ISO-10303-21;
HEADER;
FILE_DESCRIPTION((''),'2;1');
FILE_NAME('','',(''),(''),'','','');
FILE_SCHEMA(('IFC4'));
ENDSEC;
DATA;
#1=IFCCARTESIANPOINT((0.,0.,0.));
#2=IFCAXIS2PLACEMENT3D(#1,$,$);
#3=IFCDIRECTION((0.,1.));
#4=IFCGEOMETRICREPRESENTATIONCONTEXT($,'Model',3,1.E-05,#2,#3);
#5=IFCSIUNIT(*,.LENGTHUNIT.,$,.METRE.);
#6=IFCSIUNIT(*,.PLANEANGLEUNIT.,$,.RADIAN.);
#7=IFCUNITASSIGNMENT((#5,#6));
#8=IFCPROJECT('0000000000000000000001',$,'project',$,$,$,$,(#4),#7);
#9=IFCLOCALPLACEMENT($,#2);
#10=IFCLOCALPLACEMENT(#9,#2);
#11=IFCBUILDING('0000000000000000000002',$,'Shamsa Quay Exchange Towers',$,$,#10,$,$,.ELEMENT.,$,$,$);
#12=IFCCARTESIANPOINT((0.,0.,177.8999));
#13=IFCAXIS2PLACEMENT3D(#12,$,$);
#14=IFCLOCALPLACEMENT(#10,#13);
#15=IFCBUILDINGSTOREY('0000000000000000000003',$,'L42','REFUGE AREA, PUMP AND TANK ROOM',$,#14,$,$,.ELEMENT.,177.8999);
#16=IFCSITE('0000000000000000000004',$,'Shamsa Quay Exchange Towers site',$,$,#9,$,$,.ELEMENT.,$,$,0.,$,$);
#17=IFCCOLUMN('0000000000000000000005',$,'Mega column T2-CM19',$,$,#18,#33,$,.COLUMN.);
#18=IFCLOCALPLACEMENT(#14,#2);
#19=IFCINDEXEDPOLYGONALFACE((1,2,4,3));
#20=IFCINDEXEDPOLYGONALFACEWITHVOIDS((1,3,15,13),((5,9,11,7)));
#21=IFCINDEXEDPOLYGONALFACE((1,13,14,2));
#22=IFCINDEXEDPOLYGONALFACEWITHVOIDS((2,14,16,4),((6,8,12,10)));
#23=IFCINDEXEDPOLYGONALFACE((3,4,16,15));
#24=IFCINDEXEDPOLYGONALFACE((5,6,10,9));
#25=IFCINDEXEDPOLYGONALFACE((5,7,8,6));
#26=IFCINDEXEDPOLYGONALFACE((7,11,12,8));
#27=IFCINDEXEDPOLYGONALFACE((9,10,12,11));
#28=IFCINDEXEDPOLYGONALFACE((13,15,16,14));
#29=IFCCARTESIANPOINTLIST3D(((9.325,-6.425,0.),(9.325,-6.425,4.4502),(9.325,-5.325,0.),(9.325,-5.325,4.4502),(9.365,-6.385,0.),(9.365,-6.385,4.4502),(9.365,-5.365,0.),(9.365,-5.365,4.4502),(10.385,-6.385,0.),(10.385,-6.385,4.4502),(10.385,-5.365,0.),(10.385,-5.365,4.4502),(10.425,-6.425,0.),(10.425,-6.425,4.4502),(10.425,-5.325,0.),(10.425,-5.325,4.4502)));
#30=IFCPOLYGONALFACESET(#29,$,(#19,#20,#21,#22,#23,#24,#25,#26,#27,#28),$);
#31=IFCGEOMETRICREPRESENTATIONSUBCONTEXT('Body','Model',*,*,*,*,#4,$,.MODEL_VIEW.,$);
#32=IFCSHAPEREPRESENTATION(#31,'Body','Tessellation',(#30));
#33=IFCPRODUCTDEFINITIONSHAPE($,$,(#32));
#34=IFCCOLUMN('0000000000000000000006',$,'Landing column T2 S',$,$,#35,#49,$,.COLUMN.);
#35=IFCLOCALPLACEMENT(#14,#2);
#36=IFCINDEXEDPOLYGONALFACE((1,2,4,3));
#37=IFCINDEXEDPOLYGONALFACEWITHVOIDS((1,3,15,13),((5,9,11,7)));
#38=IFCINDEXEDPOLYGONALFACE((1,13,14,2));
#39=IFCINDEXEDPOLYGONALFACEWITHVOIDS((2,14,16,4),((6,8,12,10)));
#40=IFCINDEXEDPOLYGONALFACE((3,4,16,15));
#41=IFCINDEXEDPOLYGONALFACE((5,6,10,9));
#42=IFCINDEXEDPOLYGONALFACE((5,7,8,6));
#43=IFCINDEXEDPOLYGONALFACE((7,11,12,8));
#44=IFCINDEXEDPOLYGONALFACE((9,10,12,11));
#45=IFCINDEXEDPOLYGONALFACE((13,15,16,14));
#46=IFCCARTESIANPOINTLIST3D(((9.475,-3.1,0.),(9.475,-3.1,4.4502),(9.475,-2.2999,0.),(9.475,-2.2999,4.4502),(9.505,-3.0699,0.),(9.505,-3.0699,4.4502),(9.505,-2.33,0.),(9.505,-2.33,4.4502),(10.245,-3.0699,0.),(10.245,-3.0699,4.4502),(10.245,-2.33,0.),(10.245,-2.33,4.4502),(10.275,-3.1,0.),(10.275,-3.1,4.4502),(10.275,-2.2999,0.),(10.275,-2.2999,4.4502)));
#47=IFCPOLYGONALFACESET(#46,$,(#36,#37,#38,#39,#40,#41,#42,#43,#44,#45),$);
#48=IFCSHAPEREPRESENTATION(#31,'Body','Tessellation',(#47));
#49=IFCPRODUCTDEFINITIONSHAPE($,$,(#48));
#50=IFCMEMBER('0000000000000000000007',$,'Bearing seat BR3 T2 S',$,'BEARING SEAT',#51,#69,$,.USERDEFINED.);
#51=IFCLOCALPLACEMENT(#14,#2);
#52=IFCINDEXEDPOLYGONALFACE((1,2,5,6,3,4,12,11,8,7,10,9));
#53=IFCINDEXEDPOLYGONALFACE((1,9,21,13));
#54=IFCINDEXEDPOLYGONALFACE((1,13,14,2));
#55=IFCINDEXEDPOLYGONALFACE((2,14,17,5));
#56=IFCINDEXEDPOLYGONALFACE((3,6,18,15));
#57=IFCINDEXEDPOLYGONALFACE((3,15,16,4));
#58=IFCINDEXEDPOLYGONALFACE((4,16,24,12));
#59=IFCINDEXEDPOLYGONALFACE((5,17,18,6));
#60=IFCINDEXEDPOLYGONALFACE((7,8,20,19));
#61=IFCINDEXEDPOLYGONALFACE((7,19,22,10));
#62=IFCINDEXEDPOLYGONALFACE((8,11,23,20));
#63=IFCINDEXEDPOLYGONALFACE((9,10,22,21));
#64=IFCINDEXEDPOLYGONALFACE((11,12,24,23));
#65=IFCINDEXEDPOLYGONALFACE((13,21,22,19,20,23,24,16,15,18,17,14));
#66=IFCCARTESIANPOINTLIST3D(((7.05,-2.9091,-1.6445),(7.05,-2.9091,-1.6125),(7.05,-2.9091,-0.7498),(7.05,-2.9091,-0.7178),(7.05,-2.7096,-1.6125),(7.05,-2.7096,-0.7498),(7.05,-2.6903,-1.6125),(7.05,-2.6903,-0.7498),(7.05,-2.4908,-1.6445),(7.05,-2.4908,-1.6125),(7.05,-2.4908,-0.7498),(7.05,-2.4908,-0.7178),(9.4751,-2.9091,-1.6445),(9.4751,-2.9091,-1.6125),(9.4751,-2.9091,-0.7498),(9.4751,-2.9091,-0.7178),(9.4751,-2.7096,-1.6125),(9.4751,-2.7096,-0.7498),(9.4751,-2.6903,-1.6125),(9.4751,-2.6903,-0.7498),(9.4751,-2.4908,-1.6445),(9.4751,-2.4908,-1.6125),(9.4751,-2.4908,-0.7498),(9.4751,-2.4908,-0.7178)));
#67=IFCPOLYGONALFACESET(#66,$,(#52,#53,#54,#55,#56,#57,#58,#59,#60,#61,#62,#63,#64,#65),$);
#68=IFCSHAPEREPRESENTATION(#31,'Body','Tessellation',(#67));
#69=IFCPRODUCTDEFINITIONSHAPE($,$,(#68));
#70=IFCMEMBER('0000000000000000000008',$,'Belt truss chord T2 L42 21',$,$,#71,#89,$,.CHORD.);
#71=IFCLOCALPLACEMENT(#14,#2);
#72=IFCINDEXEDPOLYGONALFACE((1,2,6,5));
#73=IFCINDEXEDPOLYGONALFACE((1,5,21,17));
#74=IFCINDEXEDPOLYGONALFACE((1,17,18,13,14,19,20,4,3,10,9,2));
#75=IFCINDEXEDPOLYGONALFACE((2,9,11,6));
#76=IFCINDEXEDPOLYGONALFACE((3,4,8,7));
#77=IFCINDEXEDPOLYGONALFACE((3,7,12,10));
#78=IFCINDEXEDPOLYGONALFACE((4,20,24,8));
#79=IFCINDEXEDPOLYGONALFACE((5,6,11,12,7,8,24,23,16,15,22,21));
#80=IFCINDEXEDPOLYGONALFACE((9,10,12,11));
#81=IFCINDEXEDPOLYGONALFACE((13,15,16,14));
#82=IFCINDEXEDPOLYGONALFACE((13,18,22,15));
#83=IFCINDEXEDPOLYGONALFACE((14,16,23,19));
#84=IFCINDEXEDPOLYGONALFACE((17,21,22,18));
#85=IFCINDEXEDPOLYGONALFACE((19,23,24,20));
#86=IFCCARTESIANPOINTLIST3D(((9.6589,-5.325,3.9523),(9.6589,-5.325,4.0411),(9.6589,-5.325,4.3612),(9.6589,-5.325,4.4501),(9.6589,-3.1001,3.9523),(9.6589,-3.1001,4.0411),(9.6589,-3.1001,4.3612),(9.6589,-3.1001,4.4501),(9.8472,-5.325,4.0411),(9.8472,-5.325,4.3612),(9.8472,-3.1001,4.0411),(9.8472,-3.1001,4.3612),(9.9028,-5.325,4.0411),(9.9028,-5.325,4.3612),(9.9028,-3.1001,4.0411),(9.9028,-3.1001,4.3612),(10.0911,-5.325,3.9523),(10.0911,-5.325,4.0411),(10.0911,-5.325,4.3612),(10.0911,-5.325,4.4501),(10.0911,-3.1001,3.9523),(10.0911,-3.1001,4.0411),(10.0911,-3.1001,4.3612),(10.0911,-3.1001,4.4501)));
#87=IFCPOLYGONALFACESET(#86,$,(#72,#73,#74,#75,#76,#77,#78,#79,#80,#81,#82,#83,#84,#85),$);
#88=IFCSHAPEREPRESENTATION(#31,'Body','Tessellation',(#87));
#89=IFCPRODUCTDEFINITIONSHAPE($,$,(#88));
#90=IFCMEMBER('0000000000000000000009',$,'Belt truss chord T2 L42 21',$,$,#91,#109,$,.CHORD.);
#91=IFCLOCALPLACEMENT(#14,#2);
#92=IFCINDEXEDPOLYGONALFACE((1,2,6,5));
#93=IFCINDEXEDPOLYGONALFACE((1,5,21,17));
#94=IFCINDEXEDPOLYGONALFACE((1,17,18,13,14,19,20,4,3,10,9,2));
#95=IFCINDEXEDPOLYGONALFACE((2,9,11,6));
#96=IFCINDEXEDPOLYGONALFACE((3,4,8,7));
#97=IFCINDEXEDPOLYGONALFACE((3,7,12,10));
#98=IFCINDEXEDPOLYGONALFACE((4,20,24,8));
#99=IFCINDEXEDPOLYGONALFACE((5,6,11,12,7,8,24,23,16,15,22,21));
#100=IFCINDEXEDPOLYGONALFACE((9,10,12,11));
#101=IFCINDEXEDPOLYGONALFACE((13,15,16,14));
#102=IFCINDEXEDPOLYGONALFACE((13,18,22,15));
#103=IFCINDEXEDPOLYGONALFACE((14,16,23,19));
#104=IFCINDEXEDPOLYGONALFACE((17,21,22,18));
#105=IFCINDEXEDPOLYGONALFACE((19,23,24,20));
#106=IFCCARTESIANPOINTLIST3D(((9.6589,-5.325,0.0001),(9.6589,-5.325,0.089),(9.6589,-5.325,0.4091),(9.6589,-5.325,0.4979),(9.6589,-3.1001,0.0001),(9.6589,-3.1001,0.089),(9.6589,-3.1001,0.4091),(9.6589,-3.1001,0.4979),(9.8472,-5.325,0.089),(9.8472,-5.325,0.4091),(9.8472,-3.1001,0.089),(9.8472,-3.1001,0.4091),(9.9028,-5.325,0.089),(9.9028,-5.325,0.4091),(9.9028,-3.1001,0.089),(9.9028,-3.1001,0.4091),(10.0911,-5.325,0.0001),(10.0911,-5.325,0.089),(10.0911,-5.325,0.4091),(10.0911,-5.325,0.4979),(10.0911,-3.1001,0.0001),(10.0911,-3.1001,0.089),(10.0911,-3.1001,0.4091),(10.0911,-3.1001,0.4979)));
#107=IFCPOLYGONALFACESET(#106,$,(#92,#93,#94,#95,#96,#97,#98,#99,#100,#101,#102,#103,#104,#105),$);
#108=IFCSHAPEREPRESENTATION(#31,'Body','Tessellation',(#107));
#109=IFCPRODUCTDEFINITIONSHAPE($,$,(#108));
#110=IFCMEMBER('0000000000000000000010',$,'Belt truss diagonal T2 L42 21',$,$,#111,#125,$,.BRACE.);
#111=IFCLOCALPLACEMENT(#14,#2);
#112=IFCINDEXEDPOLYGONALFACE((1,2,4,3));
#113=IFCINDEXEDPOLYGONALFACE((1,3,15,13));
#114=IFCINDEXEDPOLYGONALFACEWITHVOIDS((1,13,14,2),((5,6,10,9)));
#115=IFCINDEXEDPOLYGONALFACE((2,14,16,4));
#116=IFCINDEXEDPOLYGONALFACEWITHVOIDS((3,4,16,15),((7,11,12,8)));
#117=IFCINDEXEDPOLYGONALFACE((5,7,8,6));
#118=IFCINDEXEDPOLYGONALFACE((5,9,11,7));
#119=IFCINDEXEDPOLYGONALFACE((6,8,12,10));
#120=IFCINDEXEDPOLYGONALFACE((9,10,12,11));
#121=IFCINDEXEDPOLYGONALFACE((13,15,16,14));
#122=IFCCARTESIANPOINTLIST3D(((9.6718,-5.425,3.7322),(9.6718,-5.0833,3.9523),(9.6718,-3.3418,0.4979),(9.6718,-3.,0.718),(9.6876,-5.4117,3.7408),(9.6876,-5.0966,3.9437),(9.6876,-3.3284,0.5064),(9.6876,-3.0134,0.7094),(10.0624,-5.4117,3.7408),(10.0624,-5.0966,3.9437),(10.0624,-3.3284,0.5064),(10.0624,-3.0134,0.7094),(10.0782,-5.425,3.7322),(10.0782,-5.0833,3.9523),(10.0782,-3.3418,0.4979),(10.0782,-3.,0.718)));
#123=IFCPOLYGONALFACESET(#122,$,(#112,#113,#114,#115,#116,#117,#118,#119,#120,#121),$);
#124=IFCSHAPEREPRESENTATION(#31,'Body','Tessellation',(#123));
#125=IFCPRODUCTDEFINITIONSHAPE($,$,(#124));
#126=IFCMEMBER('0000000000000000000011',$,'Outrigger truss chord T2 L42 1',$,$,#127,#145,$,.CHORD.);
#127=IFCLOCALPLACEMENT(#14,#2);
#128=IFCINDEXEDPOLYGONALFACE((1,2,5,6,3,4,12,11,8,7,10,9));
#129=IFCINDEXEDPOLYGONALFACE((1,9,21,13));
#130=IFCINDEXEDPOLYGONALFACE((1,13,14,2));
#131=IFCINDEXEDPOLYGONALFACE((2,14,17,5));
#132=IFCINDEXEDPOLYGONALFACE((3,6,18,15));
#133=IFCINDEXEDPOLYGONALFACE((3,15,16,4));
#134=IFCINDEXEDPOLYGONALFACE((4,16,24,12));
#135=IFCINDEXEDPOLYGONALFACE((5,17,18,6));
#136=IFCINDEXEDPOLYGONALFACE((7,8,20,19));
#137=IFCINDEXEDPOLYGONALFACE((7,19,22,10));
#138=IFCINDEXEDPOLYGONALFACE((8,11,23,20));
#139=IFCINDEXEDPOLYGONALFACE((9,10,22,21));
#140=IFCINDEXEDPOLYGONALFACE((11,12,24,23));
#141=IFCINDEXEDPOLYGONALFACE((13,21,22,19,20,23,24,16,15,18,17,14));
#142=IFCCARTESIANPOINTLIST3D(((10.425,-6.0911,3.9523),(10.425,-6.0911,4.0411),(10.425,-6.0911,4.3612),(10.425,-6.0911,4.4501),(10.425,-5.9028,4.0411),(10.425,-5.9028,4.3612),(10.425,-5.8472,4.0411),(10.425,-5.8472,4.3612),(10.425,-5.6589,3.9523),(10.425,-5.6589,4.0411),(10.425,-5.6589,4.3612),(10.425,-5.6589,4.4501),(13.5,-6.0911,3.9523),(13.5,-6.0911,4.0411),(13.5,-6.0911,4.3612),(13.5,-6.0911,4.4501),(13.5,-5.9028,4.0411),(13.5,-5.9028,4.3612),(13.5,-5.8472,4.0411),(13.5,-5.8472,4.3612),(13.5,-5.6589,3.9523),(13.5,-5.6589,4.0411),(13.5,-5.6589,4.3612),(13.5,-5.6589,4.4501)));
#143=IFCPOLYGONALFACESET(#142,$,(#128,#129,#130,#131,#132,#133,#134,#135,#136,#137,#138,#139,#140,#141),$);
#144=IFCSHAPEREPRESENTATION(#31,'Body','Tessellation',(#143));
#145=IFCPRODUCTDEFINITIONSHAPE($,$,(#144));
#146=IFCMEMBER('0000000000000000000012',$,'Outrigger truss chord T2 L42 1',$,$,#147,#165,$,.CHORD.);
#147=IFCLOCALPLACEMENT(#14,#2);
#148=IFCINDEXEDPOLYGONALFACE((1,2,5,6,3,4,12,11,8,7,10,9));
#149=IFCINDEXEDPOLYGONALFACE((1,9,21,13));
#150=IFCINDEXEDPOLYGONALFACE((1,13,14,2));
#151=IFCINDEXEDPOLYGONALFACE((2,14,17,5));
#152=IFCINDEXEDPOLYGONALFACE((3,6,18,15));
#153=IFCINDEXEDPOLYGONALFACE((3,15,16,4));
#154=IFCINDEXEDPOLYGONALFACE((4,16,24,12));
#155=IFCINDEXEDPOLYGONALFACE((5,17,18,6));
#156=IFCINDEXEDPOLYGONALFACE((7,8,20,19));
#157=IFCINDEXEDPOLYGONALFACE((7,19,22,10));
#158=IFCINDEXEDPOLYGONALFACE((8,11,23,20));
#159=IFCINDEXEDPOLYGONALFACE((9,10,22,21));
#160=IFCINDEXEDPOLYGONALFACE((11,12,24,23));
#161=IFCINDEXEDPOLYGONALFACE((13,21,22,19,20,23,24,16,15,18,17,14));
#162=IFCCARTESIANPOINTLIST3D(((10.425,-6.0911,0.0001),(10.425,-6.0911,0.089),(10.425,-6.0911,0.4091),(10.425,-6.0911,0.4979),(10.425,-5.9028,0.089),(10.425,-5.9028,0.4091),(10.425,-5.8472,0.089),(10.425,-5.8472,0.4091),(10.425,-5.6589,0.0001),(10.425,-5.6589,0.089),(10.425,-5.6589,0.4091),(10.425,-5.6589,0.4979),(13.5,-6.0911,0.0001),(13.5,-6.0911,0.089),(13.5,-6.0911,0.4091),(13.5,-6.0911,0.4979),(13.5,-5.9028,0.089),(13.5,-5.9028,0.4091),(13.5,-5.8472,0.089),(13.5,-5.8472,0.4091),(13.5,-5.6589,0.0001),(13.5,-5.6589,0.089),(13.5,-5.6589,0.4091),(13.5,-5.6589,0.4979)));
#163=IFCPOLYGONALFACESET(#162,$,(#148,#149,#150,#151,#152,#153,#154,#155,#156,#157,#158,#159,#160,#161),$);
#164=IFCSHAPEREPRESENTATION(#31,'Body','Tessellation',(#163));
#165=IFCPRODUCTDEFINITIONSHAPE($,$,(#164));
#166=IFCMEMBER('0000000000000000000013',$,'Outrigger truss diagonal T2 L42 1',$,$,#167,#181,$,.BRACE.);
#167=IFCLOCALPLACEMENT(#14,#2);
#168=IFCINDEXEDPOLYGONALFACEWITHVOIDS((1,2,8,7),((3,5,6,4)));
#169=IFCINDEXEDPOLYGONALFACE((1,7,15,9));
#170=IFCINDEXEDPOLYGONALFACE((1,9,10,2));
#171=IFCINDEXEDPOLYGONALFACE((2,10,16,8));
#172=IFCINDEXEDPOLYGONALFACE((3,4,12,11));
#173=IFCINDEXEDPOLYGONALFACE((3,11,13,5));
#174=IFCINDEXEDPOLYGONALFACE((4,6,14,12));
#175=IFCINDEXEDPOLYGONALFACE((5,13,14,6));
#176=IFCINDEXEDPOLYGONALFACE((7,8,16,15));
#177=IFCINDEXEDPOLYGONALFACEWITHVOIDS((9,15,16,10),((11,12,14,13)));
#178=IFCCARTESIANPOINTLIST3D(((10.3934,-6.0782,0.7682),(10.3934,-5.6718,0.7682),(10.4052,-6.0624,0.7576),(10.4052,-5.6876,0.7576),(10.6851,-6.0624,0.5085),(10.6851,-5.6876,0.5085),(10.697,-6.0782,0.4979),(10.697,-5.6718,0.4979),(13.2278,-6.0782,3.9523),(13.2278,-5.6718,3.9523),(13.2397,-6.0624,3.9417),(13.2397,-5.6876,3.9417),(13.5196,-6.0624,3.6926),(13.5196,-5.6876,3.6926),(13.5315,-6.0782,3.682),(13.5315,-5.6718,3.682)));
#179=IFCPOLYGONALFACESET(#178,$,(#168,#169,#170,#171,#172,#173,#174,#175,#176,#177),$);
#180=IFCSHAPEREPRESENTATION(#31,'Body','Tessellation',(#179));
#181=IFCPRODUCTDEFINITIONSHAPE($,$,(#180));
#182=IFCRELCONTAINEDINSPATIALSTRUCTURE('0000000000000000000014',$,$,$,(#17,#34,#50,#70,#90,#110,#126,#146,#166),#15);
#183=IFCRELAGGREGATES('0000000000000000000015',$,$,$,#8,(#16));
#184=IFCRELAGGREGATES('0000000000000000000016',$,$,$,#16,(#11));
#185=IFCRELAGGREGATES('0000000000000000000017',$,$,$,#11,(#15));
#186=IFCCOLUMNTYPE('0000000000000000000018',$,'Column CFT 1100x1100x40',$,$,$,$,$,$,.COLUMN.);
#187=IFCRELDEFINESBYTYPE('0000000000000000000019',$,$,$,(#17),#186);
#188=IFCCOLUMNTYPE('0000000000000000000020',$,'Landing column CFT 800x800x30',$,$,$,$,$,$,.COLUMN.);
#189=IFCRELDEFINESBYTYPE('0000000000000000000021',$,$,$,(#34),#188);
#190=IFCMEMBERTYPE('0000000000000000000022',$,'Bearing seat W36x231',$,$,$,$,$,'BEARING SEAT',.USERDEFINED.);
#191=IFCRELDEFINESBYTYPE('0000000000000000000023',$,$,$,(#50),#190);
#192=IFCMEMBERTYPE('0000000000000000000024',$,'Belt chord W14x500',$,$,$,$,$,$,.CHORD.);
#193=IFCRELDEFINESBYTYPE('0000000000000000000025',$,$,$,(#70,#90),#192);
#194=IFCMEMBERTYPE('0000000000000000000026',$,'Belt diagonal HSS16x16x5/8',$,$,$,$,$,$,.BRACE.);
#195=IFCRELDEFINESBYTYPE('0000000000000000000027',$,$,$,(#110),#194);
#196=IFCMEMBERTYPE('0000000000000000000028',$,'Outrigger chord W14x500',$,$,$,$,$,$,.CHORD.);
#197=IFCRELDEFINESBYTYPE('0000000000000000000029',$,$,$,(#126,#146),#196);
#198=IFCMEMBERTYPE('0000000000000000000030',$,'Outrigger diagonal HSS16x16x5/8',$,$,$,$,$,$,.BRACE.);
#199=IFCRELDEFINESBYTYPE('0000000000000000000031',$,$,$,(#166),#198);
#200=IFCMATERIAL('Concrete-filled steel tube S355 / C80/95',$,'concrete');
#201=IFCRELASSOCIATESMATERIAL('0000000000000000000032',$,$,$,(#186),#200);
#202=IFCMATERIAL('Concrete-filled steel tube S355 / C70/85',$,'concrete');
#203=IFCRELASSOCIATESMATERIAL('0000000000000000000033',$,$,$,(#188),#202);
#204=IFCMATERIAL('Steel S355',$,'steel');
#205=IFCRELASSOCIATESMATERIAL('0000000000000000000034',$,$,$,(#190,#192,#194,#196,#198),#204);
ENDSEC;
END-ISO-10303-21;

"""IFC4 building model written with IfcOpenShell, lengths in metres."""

from ifc_helpers import new_model, si_unit, direction, frame, origin, origin_2d, place, context, subcontext, project, spatial, hollow_rectangle, i_section, extrude, material, material_profile, profile_set, type_object, element, save


model = new_model("IFC4")

# Units and contexts
model_context = context("Model", 3, precision=1e-05, world=origin(), true_north=direction((0.0, 1.0)))
body_context = subcontext(model_context, "Body", "Model", "MODEL_VIEW")
ifc_project = project(units=[si_unit("LENGTHUNIT", "METRE"), si_unit("PLANEANGLEUNIT", "RADIAN")], contexts=[model_context])

# Site, building, storey
site_placement = place(None, origin())
site = spatial("IfcSite", under=ifc_project, at=site_placement, Name="Shamsa Quay Exchange Towers site", CompositionType="ELEMENT", RefElevation=0.0)
building_placement = place(site_placement, origin())
building = spatial("IfcBuilding", under=site, at=building_placement, Name="Shamsa Quay Exchange Towers", CompositionType="ELEMENT")
storey_placement = place(building_placement, frame((0.0, 0.0, 177.8999)))
storey = spatial("IfcBuildingStorey", under=building, at=storey_placement, Name="L42", Description="REFUGE AREA, PUMP AND TANK ROOM", CompositionType="ELEMENT", Elevation=177.8999)

# Columns
ifc_material_1 = material(Name="Concrete-filled steel tube S355 / C80/95", Category="concrete")
ifc_material_profile_1 = material_profile(ifc_material_1, hollow_rectangle(XDim=1.1001, YDim=1.1001, WallThickness=0.04, at=origin_2d()), Name="CFT 1100x1100x40")
ifc_profile_set_1 = profile_set([ifc_material_profile_1], Name="Concrete-filled steel tube S355 / C80/95")
column_type_1 = type_object("IfcColumnType", Name="Column CFT 1100x1100x40", PredefinedType="COLUMN", material=ifc_profile_set_1)
column_1_placement = place(storey_placement, frame((9.875, -5.875, 0.0)))
element("IfcColumn", 1, at=column_1_placement, inside=storey, type_object=column_type_1, Name="Mega column T2-CM19", PredefinedType="COLUMN", context=body_context, shape_type="SweptSolid", body=[
    extrude(hollow_rectangle(XDim=1.1001, YDim=1.1001, WallThickness=0.04, at=origin_2d()), origin(), (0.0, 0.0, 1.0), 4.4502),
])
ifc_material_2 = material(Name="Concrete-filled steel tube S355 / C70/85", Category="concrete")
ifc_material_profile_2 = material_profile(ifc_material_2, hollow_rectangle(XDim=0.8, YDim=0.8, WallThickness=0.03, at=origin_2d()), Name="CFT 800x800x30")
ifc_profile_set_2 = profile_set([ifc_material_profile_2], Name="Concrete-filled steel tube S355 / C70/85")
column_type_2 = type_object("IfcColumnType", Name="Landing column CFT 800x800x30", PredefinedType="COLUMN", material=ifc_profile_set_2)
column_2_placement = place(storey_placement, frame((9.875, -2.7, 0.0)))
element("IfcColumn", 2, at=column_2_placement, inside=storey, type_object=column_type_2, Name="Landing column T2 S", PredefinedType="COLUMN", context=body_context, shape_type="SweptSolid", body=[
    extrude(hollow_rectangle(XDim=0.8, YDim=0.8, WallThickness=0.03, at=origin_2d()), origin(), (0.0, 0.0, 1.0), 4.4502),
])

# Members
ifc_material_3 = material(Name="Steel S355", Category="steel")
ifc_material_profile_3 = material_profile(ifc_material_3, i_section(OverallWidth=0.4182, OverallDepth=0.9268, WebThickness=0.0193, FlangeThickness=0.032, at=origin_2d()), Name="W36x231")
ifc_profile_set_3 = profile_set([ifc_material_profile_3], Name="Steel S355")
member_type_1 = type_object("IfcMemberType", Name="Bearing seat W36x231", ElementType="BEARING SEAT", PredefinedType="USERDEFINED", material=ifc_profile_set_3)
member_1_placement = place(storey_placement, frame((7.05, -2.7, -1.1812), z_axis=(1.0, 0.0, 0.0), x_axis=(0.0, 1.0, 0.0)))
element("IfcMember", 3, at=member_1_placement, inside=storey, type_object=member_type_1, Name="Bearing seat BR3 T2 S", ObjectType="BEARING SEAT", PredefinedType="USERDEFINED", context=body_context, shape_type="SweptSolid", body=[
    extrude(i_section(OverallWidth=0.4182, OverallDepth=0.9268, WebThickness=0.0193, FlangeThickness=0.032, at=origin_2d()), origin(), (0.0, 0.0, 1.0), 2.425),
])
ifc_material_profile_4 = material_profile(ifc_material_3, i_section(OverallWidth=0.4321, OverallDepth=0.4978, WebThickness=0.0557, FlangeThickness=0.0889, at=origin_2d()), Name="W14x500")
ifc_profile_set_4 = profile_set([ifc_material_profile_4], Name="Steel S355")
member_type_2 = type_object("IfcMemberType", Name="Belt chord W14x500", PredefinedType="CHORD", material=ifc_profile_set_4)
for number, where, z_axis, x_axis, name in (
    (4, (9.875, -3.1001, 4.2012), (0.0, -1.0, 0.0), (1.0, 0.0, 0.0), "Belt truss chord T2 L42 21"),
    (5, (9.875, -3.1001, 0.249), (0.0, -1.0, 0.0), (1.0, 0.0, 0.0), "Belt truss chord T2 L42 21"),
):
    element("IfcMember", number, at=place(storey_placement, frame(where, z_axis=z_axis, x_axis=x_axis)), inside=storey, type_object=member_type_2, Name=name, PredefinedType="CHORD", context=body_context, shape_type="SweptSolid", body=[
        extrude(i_section(OverallWidth=0.4321, OverallDepth=0.4978, WebThickness=0.0557, FlangeThickness=0.0889, at=origin_2d()), origin(), (0.0, 0.0, 1.0), 2.2249),
    ])
ifc_material_profile_5 = material_profile(ifc_material_3, hollow_rectangle(XDim=0.4065, YDim=0.4065, WallThickness=0.0159, at=origin_2d()), Name="HSS16x16x5/8")
ifc_profile_set_5 = profile_set([ifc_material_profile_5], Name="Steel S355")
member_type_3 = type_object("IfcMemberType", Name="Belt diagonal HSS16x16x5/8", PredefinedType="BRACE", material=ifc_profile_set_5)
member_2_placement = place(storey_placement, frame((9.875, -3.1709, 0.6079), z_axis=(0.0, -0.541495, 0.840704), x_axis=(1.0, 0.0, 0.0)))
element("IfcMember", 6, at=member_2_placement, inside=storey, type_object=member_type_3, Name="Belt truss diagonal T2 L42 21", PredefinedType="BRACE", context=body_context, shape_type="SweptSolid", body=[
    extrude(hollow_rectangle(XDim=0.4065, YDim=0.4065, WallThickness=0.0159, at=origin_2d()), origin(), (0.0, 0.0, 1.0), 3.8472),
])
ifc_material_profile_6 = material_profile(ifc_material_3, i_section(OverallWidth=0.4321, OverallDepth=0.4978, WebThickness=0.0557, FlangeThickness=0.0889, at=origin_2d()), Name="W14x500")
ifc_profile_set_6 = profile_set([ifc_material_profile_6], Name="Steel S355")
member_type_4 = type_object("IfcMemberType", Name="Outrigger chord W14x500", PredefinedType="CHORD", material=ifc_profile_set_6)
for number, where, z_axis, x_axis, name in (
    (7, (10.425, -5.875, 4.2012), (1.0, 0.0, 0.0), (0.0, 1.0, 0.0), "Outrigger truss chord T2 L42 1"),
    (8, (10.425, -5.875, 0.249), (1.0, 0.0, 0.0), (0.0, 1.0, 0.0), "Outrigger truss chord T2 L42 1"),
):
    element("IfcMember", number, at=place(storey_placement, frame(where, z_axis=z_axis, x_axis=x_axis)), inside=storey, type_object=member_type_4, Name=name, PredefinedType="CHORD", context=body_context, shape_type="SweptSolid", body=[
        extrude(i_section(OverallWidth=0.4321, OverallDepth=0.4978, WebThickness=0.0557, FlangeThickness=0.0889, at=origin_2d()), origin(), (0.0, 0.0, 1.0), 3.075),
    ])
ifc_material_profile_7 = material_profile(ifc_material_3, hollow_rectangle(XDim=0.4065, YDim=0.4065, WallThickness=0.0159, at=origin_2d()), Name="HSS16x16x5/8")
ifc_profile_set_7 = profile_set([ifc_material_profile_7], Name="Steel S355")
member_type_5 = type_object("IfcMemberType", Name="Outrigger diagonal HSS16x16x5/8", PredefinedType="BRACE", material=ifc_profile_set_7)
member_3_placement = place(storey_placement, frame((10.5452, -5.875, 0.6331), z_axis=(0.664911, 0.0, 0.746923), x_axis=(0.0, 1.0, 0.0)))
element("IfcMember", 9, at=member_3_placement, inside=storey, type_object=member_type_5, Name="Outrigger truss diagonal T2 L42 1", PredefinedType="BRACE", context=body_context, shape_type="SweptSolid", body=[
    extrude(hollow_rectangle(XDim=0.4065, YDim=0.4065, WallThickness=0.0159, at=origin_2d()), origin(), (0.0, 0.0, 1.0), 4.2629),
])

save(model, "model.ifc")
